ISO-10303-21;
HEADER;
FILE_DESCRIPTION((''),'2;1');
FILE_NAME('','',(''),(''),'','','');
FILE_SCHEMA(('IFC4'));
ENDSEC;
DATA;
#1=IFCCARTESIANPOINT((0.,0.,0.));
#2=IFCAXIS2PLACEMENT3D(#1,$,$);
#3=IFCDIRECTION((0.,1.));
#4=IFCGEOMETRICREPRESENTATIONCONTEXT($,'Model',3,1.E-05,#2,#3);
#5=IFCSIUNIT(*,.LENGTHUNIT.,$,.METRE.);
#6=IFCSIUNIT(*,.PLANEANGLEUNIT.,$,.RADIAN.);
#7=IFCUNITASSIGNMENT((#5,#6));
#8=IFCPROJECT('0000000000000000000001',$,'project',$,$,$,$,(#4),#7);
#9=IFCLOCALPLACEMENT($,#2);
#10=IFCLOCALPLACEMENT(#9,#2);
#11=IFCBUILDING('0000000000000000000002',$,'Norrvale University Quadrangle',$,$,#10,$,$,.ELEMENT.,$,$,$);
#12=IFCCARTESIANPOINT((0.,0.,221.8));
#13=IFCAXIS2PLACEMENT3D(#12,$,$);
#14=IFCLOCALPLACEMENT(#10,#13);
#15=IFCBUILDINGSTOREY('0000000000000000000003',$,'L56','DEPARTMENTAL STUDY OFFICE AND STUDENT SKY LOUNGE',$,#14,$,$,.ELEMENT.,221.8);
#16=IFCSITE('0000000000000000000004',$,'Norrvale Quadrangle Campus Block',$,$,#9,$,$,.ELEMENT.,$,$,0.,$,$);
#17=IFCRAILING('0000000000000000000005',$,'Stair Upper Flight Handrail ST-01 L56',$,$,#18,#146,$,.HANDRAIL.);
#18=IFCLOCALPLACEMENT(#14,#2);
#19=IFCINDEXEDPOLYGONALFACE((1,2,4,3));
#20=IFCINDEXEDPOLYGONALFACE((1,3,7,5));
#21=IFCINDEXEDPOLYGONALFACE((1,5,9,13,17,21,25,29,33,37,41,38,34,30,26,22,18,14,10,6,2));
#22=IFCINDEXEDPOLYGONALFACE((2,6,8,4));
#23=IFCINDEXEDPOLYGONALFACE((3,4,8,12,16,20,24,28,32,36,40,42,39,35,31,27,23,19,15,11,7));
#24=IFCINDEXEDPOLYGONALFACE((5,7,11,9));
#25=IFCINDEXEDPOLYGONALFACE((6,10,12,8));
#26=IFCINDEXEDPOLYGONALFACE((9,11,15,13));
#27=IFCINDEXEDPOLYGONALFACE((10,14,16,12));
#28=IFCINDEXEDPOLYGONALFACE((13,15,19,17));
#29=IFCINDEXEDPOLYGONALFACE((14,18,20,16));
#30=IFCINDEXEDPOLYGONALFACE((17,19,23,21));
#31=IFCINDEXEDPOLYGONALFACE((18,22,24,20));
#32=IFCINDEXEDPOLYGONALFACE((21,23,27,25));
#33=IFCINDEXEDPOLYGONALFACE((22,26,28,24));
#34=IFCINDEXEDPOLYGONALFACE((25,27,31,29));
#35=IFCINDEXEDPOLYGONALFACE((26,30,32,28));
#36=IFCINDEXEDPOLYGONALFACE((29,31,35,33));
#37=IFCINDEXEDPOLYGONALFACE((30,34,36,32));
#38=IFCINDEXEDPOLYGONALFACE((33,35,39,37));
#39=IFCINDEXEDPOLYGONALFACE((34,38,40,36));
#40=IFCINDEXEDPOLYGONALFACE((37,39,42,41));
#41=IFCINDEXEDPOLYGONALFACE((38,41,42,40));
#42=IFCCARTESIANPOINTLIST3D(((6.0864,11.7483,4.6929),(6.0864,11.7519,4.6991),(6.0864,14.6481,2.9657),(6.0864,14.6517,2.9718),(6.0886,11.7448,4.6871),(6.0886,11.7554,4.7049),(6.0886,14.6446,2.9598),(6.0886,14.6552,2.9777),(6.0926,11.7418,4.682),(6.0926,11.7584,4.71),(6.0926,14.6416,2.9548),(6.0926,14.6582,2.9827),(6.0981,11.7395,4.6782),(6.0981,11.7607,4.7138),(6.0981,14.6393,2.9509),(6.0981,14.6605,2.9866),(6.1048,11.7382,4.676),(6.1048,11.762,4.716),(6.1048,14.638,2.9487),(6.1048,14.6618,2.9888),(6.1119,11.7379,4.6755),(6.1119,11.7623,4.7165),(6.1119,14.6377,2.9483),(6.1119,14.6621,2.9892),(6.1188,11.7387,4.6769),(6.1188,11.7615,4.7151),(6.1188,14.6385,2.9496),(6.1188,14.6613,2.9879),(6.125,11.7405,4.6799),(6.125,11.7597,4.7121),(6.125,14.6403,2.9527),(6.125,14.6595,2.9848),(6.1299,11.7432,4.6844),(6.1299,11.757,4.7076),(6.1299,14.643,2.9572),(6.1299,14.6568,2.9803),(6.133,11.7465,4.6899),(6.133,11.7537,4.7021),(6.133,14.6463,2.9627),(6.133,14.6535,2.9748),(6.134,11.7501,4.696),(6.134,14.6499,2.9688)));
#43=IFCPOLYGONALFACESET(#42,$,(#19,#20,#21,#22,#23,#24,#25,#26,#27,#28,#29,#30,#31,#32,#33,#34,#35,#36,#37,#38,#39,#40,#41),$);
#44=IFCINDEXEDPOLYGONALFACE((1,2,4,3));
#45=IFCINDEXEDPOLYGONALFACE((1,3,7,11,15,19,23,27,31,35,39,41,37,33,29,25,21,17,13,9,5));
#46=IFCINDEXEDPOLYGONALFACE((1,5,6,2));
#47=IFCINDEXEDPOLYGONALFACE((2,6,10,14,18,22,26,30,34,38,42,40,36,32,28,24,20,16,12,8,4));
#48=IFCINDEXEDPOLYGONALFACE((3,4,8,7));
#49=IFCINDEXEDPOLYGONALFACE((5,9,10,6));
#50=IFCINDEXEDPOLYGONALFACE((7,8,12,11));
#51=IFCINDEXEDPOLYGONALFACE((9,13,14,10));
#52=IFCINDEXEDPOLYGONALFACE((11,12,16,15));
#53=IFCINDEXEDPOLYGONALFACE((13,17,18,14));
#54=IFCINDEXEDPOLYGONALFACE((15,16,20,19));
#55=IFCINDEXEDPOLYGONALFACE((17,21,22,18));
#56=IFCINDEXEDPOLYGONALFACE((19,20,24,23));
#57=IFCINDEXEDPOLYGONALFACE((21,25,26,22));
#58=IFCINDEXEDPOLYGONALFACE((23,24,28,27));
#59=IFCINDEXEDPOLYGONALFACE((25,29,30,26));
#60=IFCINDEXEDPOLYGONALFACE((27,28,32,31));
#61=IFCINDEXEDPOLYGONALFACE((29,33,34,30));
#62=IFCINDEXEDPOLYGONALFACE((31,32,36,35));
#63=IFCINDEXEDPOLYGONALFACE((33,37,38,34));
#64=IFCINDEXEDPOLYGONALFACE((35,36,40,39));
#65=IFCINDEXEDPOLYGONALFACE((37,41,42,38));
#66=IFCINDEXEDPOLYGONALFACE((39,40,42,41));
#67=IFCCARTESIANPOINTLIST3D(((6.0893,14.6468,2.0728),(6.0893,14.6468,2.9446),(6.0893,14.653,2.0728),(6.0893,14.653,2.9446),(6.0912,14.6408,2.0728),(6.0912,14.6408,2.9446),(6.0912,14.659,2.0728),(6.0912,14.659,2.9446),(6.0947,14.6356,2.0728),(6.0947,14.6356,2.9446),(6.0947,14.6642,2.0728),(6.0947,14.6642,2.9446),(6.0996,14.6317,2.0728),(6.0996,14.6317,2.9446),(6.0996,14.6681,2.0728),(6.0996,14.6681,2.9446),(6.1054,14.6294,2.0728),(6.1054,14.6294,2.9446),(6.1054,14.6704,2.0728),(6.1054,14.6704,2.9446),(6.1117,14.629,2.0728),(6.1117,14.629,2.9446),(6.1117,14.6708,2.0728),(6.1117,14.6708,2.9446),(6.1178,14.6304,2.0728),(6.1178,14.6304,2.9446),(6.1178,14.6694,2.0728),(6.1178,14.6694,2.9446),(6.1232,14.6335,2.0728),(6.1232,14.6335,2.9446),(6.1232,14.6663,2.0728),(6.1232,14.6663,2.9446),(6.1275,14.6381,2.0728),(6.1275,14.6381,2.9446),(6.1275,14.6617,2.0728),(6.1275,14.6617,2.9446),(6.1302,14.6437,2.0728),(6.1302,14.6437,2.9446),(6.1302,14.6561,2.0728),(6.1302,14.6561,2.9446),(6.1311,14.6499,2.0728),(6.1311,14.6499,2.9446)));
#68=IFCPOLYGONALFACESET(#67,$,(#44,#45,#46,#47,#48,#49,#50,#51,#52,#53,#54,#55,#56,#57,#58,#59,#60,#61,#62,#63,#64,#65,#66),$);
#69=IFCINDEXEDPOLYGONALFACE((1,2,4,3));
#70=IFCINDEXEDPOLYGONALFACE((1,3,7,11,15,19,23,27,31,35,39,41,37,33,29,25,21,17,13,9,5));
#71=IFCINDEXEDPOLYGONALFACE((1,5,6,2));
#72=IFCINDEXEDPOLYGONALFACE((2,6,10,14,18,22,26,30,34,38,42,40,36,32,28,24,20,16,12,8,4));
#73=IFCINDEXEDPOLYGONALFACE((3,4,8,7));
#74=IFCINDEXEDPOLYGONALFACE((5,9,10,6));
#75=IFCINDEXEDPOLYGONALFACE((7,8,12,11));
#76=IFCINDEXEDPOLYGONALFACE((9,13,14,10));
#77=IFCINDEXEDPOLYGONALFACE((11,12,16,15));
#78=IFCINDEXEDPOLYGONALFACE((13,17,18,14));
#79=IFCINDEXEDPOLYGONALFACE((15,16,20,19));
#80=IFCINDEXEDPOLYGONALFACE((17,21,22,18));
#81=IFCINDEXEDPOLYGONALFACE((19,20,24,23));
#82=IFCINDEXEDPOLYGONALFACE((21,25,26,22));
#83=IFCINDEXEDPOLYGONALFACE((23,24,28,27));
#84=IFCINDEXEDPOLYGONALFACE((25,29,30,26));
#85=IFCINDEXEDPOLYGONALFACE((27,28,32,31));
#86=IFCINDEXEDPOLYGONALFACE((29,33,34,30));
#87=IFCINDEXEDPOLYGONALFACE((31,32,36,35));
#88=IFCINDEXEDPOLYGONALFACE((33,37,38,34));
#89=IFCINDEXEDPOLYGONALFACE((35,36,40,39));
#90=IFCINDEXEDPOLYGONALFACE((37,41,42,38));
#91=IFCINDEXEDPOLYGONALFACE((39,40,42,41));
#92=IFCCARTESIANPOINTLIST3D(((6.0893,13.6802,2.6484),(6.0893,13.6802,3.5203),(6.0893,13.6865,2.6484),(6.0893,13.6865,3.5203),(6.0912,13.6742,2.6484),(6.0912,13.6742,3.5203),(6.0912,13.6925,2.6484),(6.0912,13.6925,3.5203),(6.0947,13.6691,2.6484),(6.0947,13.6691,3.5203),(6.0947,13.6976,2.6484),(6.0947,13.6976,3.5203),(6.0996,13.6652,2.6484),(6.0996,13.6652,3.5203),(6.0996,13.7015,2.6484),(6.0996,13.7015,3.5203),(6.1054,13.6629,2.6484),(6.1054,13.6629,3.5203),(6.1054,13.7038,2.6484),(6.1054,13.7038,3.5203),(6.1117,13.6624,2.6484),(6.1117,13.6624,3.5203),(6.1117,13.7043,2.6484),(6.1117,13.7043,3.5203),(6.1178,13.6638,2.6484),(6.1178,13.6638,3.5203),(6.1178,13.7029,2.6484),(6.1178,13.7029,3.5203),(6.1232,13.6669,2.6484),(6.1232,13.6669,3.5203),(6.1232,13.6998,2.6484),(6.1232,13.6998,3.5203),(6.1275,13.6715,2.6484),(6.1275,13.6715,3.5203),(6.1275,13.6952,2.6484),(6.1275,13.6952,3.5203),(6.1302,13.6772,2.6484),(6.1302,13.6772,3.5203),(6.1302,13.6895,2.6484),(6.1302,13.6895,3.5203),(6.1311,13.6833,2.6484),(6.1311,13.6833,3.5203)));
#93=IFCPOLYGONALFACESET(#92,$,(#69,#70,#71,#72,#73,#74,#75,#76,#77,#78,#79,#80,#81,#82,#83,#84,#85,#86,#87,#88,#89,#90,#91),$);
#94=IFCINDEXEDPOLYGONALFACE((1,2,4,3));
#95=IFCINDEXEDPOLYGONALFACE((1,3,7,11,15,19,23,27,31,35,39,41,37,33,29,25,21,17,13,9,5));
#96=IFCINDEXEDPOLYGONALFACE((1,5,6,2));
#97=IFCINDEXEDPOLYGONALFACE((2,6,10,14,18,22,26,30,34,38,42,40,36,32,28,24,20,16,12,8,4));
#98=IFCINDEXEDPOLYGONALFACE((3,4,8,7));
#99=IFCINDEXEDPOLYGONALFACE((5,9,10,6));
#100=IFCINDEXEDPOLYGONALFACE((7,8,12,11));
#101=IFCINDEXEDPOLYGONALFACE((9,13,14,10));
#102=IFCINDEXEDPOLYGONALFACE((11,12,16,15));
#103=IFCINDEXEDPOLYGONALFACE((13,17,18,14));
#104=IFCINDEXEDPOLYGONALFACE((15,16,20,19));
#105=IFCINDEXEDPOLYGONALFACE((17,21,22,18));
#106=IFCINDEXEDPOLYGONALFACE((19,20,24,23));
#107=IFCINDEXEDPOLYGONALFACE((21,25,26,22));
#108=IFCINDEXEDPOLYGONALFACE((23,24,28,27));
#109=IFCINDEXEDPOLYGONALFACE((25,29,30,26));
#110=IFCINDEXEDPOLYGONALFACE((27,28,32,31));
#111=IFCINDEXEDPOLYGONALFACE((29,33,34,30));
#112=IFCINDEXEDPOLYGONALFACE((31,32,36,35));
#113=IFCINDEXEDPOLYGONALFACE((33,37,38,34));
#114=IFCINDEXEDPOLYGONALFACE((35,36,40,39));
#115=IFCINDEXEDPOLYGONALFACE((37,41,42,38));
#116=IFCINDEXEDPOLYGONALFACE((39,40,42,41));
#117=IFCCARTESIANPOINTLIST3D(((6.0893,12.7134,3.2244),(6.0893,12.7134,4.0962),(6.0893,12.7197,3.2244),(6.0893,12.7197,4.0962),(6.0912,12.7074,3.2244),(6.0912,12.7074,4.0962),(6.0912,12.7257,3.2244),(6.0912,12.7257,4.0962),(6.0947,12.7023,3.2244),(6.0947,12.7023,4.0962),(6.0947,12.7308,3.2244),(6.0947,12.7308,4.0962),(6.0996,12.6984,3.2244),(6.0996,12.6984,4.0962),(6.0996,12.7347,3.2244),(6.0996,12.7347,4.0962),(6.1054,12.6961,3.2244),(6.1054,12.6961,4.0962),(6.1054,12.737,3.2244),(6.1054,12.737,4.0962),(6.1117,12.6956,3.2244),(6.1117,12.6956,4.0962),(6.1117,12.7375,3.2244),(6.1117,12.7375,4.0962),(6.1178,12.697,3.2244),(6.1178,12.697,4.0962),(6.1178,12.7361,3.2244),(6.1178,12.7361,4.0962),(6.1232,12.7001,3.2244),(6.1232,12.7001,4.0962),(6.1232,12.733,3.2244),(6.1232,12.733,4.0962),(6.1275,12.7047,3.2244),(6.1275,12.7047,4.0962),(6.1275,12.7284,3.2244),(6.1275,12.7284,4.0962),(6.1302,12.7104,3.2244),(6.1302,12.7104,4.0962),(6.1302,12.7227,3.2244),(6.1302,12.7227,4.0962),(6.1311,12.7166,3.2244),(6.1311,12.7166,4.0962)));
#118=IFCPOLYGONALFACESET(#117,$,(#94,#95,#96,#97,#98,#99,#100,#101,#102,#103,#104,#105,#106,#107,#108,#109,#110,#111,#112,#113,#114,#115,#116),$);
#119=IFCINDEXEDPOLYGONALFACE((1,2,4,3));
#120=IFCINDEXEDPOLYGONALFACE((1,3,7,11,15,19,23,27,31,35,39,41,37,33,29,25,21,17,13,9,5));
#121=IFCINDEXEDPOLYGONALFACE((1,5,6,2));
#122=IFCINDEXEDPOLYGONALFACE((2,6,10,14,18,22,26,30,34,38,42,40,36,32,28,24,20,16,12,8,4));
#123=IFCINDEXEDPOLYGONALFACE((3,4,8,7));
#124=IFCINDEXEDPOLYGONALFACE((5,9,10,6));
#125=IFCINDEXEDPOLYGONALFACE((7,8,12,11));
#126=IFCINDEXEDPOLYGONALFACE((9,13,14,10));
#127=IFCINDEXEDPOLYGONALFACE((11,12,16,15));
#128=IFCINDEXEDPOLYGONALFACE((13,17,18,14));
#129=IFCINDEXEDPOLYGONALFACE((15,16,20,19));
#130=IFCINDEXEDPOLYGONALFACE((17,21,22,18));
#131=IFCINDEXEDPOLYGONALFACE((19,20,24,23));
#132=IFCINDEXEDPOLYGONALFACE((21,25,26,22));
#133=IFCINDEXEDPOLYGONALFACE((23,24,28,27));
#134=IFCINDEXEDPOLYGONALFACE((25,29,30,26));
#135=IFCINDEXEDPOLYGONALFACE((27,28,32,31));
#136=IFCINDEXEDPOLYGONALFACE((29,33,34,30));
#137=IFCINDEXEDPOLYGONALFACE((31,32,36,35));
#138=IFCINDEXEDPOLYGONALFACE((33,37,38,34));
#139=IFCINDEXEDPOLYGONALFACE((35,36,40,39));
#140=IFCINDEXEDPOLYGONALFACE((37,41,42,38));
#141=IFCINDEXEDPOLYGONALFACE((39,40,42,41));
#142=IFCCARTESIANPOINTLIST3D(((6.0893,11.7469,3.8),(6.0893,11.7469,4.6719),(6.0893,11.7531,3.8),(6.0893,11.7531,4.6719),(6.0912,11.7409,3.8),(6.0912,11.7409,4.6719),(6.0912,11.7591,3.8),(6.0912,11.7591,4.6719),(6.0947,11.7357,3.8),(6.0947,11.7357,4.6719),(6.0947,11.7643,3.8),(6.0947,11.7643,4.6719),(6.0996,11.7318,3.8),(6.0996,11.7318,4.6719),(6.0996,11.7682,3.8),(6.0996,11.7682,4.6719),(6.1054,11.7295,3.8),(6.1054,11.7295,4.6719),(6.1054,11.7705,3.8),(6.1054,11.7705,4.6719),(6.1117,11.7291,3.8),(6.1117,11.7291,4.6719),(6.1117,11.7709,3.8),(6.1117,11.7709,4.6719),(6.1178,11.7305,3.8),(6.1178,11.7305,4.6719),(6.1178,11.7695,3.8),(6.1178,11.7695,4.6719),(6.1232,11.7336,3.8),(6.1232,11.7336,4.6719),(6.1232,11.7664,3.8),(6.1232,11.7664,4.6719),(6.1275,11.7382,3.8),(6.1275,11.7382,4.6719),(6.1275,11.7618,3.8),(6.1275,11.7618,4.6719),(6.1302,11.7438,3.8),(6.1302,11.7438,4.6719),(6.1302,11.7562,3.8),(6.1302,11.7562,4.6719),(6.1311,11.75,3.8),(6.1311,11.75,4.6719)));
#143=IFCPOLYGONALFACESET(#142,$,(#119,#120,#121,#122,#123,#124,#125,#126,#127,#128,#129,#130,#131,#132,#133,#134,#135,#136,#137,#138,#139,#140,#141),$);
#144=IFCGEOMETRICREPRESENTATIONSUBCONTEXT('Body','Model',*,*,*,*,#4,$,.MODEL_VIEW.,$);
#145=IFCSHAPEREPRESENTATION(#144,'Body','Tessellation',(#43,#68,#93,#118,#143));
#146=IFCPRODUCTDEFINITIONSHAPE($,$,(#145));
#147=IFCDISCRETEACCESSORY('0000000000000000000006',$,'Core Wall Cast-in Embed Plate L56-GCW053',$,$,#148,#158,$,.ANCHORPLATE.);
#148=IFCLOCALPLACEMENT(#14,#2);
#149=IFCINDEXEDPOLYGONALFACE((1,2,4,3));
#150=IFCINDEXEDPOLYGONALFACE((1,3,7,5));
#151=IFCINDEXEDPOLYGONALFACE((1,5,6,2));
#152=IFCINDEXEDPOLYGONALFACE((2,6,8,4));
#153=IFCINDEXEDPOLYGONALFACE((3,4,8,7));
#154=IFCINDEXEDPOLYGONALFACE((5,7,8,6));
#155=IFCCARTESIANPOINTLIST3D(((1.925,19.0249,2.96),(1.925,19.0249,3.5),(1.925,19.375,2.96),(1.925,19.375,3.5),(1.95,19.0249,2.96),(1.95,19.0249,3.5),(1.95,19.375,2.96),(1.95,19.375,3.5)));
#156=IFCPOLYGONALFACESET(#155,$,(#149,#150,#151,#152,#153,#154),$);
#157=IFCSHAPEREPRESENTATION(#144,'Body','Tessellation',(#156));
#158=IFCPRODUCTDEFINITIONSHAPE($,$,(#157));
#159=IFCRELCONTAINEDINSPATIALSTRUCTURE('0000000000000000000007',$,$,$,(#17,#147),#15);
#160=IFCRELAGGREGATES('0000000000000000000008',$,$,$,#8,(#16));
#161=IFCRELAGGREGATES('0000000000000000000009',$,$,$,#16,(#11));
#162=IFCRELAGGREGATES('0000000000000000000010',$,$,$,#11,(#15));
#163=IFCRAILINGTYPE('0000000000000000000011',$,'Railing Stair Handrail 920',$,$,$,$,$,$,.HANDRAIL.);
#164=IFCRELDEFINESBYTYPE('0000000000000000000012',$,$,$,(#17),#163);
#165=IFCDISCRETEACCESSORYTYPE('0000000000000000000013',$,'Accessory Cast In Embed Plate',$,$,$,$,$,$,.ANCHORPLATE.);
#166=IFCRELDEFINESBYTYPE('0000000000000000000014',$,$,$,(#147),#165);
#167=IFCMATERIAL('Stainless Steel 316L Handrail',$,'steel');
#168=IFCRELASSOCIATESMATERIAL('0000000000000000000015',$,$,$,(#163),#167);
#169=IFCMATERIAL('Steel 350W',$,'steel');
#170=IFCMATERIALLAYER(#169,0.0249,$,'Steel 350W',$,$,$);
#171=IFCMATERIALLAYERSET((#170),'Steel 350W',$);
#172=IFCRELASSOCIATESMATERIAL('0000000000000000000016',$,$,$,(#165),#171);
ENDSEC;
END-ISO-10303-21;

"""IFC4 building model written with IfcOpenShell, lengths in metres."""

from ifc_helpers import new_model, si_unit, direction, frame, origin, origin_2d, place, context, subcontext, project, spatial, rectangle, circle, extrude, material, layer, layer_set, type_object, element, save


model = new_model("IFC4")

# Units and contexts
model_context = context("Model", 3, precision=1e-05, world=origin(), true_north=direction((0.0, 1.0)))
body_context = subcontext(model_context, "Body", "Model", "MODEL_VIEW")
ifc_project = project(units=[si_unit("LENGTHUNIT", "METRE"), si_unit("PLANEANGLEUNIT", "RADIAN")], contexts=[model_context])

# Site, building, storey
site_placement = place(None, origin())
site = spatial("IfcSite", under=ifc_project, at=site_placement, Name="Norrvale Quadrangle Campus Block", CompositionType="ELEMENT", RefElevation=0.0)
building_placement = place(site_placement, origin())
building = spatial("IfcBuilding", under=site, at=building_placement, Name="Norrvale University Quadrangle", CompositionType="ELEMENT")
storey_placement = place(building_placement, frame((0.0, 0.0, 221.8)))
storey = spatial("IfcBuildingStorey", under=building, at=storey_placement, Name="L56", Description="DEPARTMENTAL STUDY OFFICE AND STUDENT SKY LOUNGE", CompositionType="ELEMENT", Elevation=221.8)

# Shared definitions
ifc_material_1 = material(Name="Steel 350W", Category="steel")

# Railing
ifc_material_2 = material(Name="Stainless Steel 316L Handrail", Category="steel")
railing_type_1 = type_object("IfcRailingType", Name="Railing Stair Handrail 920", PredefinedType="HANDRAIL", material=ifc_material_2)
railing_1_placement = place(storey_placement, frame((6.1101, 14.6499, 2.0728)))
element("IfcRailing", 1, at=railing_1_placement, inside=storey, type_object=railing_type_1, Name="Stair Upper Flight Handrail ST-01 L56", PredefinedType="HANDRAIL", context=body_context, shape_type="SweptSolid", body=[
    extrude(circle(Radius=0.0239, at=origin_2d()), frame((0.0, 0.0, 0.896), z_axis=(0.0, -0.859141, 0.511738), x_axis=(1.0, 0.0, 0.0)), (0.0, 0.0, 1.0), 3.3752),
    extrude(circle(Radius=0.021, at=origin_2d()), origin(), (0.0, 0.0, 1.0), 0.8718),
    extrude(circle(Radius=0.021, at=origin_2d()), frame((0.0, -0.9666, 0.5757)), (0.0, 0.0, 1.0), 0.8718),
    extrude(circle(Radius=0.021, at=origin_2d()), frame((0.0, -1.9333, 1.1516)), (0.0, 0.0, 1.0), 0.8718),
    extrude(circle(Radius=0.021, at=origin_2d()), frame((0.0, -2.8999, 1.7273)), (0.0, 0.0, 1.0), 0.8718),
])

# Discrete accessory
ifc_layer_1 = layer(ifc_material_1, 0.0249, Name="Steel 350W")
ifc_layer_set_1 = layer_set([ifc_layer_1], Name="Steel 350W")
discrete_accessory_type = type_object("IfcDiscreteAccessoryType", Name="Accessory Cast In Embed Plate", PredefinedType="ANCHORPLATE", material=ifc_layer_set_1)
discrete_accessory_placement = place(storey_placement, frame((1.9375, 19.2, 2.96), z_axis=(0.0, 0.0, 1.0), x_axis=(1.0, 0.0, 0.0)))
element("IfcDiscreteAccessory", 2, at=discrete_accessory_placement, inside=storey, type_object=discrete_accessory_type, Name="Core Wall Cast-in Embed Plate L56-GCW053", PredefinedType="ANCHORPLATE", context=body_context, shape_type="SweptSolid", body=[
    extrude(rectangle(XDim=0.0249, YDim=0.3501, at=origin_2d()), origin(), (0.0, 0.0, 1.0), 0.54),
])

save(model, "model.ifc")
